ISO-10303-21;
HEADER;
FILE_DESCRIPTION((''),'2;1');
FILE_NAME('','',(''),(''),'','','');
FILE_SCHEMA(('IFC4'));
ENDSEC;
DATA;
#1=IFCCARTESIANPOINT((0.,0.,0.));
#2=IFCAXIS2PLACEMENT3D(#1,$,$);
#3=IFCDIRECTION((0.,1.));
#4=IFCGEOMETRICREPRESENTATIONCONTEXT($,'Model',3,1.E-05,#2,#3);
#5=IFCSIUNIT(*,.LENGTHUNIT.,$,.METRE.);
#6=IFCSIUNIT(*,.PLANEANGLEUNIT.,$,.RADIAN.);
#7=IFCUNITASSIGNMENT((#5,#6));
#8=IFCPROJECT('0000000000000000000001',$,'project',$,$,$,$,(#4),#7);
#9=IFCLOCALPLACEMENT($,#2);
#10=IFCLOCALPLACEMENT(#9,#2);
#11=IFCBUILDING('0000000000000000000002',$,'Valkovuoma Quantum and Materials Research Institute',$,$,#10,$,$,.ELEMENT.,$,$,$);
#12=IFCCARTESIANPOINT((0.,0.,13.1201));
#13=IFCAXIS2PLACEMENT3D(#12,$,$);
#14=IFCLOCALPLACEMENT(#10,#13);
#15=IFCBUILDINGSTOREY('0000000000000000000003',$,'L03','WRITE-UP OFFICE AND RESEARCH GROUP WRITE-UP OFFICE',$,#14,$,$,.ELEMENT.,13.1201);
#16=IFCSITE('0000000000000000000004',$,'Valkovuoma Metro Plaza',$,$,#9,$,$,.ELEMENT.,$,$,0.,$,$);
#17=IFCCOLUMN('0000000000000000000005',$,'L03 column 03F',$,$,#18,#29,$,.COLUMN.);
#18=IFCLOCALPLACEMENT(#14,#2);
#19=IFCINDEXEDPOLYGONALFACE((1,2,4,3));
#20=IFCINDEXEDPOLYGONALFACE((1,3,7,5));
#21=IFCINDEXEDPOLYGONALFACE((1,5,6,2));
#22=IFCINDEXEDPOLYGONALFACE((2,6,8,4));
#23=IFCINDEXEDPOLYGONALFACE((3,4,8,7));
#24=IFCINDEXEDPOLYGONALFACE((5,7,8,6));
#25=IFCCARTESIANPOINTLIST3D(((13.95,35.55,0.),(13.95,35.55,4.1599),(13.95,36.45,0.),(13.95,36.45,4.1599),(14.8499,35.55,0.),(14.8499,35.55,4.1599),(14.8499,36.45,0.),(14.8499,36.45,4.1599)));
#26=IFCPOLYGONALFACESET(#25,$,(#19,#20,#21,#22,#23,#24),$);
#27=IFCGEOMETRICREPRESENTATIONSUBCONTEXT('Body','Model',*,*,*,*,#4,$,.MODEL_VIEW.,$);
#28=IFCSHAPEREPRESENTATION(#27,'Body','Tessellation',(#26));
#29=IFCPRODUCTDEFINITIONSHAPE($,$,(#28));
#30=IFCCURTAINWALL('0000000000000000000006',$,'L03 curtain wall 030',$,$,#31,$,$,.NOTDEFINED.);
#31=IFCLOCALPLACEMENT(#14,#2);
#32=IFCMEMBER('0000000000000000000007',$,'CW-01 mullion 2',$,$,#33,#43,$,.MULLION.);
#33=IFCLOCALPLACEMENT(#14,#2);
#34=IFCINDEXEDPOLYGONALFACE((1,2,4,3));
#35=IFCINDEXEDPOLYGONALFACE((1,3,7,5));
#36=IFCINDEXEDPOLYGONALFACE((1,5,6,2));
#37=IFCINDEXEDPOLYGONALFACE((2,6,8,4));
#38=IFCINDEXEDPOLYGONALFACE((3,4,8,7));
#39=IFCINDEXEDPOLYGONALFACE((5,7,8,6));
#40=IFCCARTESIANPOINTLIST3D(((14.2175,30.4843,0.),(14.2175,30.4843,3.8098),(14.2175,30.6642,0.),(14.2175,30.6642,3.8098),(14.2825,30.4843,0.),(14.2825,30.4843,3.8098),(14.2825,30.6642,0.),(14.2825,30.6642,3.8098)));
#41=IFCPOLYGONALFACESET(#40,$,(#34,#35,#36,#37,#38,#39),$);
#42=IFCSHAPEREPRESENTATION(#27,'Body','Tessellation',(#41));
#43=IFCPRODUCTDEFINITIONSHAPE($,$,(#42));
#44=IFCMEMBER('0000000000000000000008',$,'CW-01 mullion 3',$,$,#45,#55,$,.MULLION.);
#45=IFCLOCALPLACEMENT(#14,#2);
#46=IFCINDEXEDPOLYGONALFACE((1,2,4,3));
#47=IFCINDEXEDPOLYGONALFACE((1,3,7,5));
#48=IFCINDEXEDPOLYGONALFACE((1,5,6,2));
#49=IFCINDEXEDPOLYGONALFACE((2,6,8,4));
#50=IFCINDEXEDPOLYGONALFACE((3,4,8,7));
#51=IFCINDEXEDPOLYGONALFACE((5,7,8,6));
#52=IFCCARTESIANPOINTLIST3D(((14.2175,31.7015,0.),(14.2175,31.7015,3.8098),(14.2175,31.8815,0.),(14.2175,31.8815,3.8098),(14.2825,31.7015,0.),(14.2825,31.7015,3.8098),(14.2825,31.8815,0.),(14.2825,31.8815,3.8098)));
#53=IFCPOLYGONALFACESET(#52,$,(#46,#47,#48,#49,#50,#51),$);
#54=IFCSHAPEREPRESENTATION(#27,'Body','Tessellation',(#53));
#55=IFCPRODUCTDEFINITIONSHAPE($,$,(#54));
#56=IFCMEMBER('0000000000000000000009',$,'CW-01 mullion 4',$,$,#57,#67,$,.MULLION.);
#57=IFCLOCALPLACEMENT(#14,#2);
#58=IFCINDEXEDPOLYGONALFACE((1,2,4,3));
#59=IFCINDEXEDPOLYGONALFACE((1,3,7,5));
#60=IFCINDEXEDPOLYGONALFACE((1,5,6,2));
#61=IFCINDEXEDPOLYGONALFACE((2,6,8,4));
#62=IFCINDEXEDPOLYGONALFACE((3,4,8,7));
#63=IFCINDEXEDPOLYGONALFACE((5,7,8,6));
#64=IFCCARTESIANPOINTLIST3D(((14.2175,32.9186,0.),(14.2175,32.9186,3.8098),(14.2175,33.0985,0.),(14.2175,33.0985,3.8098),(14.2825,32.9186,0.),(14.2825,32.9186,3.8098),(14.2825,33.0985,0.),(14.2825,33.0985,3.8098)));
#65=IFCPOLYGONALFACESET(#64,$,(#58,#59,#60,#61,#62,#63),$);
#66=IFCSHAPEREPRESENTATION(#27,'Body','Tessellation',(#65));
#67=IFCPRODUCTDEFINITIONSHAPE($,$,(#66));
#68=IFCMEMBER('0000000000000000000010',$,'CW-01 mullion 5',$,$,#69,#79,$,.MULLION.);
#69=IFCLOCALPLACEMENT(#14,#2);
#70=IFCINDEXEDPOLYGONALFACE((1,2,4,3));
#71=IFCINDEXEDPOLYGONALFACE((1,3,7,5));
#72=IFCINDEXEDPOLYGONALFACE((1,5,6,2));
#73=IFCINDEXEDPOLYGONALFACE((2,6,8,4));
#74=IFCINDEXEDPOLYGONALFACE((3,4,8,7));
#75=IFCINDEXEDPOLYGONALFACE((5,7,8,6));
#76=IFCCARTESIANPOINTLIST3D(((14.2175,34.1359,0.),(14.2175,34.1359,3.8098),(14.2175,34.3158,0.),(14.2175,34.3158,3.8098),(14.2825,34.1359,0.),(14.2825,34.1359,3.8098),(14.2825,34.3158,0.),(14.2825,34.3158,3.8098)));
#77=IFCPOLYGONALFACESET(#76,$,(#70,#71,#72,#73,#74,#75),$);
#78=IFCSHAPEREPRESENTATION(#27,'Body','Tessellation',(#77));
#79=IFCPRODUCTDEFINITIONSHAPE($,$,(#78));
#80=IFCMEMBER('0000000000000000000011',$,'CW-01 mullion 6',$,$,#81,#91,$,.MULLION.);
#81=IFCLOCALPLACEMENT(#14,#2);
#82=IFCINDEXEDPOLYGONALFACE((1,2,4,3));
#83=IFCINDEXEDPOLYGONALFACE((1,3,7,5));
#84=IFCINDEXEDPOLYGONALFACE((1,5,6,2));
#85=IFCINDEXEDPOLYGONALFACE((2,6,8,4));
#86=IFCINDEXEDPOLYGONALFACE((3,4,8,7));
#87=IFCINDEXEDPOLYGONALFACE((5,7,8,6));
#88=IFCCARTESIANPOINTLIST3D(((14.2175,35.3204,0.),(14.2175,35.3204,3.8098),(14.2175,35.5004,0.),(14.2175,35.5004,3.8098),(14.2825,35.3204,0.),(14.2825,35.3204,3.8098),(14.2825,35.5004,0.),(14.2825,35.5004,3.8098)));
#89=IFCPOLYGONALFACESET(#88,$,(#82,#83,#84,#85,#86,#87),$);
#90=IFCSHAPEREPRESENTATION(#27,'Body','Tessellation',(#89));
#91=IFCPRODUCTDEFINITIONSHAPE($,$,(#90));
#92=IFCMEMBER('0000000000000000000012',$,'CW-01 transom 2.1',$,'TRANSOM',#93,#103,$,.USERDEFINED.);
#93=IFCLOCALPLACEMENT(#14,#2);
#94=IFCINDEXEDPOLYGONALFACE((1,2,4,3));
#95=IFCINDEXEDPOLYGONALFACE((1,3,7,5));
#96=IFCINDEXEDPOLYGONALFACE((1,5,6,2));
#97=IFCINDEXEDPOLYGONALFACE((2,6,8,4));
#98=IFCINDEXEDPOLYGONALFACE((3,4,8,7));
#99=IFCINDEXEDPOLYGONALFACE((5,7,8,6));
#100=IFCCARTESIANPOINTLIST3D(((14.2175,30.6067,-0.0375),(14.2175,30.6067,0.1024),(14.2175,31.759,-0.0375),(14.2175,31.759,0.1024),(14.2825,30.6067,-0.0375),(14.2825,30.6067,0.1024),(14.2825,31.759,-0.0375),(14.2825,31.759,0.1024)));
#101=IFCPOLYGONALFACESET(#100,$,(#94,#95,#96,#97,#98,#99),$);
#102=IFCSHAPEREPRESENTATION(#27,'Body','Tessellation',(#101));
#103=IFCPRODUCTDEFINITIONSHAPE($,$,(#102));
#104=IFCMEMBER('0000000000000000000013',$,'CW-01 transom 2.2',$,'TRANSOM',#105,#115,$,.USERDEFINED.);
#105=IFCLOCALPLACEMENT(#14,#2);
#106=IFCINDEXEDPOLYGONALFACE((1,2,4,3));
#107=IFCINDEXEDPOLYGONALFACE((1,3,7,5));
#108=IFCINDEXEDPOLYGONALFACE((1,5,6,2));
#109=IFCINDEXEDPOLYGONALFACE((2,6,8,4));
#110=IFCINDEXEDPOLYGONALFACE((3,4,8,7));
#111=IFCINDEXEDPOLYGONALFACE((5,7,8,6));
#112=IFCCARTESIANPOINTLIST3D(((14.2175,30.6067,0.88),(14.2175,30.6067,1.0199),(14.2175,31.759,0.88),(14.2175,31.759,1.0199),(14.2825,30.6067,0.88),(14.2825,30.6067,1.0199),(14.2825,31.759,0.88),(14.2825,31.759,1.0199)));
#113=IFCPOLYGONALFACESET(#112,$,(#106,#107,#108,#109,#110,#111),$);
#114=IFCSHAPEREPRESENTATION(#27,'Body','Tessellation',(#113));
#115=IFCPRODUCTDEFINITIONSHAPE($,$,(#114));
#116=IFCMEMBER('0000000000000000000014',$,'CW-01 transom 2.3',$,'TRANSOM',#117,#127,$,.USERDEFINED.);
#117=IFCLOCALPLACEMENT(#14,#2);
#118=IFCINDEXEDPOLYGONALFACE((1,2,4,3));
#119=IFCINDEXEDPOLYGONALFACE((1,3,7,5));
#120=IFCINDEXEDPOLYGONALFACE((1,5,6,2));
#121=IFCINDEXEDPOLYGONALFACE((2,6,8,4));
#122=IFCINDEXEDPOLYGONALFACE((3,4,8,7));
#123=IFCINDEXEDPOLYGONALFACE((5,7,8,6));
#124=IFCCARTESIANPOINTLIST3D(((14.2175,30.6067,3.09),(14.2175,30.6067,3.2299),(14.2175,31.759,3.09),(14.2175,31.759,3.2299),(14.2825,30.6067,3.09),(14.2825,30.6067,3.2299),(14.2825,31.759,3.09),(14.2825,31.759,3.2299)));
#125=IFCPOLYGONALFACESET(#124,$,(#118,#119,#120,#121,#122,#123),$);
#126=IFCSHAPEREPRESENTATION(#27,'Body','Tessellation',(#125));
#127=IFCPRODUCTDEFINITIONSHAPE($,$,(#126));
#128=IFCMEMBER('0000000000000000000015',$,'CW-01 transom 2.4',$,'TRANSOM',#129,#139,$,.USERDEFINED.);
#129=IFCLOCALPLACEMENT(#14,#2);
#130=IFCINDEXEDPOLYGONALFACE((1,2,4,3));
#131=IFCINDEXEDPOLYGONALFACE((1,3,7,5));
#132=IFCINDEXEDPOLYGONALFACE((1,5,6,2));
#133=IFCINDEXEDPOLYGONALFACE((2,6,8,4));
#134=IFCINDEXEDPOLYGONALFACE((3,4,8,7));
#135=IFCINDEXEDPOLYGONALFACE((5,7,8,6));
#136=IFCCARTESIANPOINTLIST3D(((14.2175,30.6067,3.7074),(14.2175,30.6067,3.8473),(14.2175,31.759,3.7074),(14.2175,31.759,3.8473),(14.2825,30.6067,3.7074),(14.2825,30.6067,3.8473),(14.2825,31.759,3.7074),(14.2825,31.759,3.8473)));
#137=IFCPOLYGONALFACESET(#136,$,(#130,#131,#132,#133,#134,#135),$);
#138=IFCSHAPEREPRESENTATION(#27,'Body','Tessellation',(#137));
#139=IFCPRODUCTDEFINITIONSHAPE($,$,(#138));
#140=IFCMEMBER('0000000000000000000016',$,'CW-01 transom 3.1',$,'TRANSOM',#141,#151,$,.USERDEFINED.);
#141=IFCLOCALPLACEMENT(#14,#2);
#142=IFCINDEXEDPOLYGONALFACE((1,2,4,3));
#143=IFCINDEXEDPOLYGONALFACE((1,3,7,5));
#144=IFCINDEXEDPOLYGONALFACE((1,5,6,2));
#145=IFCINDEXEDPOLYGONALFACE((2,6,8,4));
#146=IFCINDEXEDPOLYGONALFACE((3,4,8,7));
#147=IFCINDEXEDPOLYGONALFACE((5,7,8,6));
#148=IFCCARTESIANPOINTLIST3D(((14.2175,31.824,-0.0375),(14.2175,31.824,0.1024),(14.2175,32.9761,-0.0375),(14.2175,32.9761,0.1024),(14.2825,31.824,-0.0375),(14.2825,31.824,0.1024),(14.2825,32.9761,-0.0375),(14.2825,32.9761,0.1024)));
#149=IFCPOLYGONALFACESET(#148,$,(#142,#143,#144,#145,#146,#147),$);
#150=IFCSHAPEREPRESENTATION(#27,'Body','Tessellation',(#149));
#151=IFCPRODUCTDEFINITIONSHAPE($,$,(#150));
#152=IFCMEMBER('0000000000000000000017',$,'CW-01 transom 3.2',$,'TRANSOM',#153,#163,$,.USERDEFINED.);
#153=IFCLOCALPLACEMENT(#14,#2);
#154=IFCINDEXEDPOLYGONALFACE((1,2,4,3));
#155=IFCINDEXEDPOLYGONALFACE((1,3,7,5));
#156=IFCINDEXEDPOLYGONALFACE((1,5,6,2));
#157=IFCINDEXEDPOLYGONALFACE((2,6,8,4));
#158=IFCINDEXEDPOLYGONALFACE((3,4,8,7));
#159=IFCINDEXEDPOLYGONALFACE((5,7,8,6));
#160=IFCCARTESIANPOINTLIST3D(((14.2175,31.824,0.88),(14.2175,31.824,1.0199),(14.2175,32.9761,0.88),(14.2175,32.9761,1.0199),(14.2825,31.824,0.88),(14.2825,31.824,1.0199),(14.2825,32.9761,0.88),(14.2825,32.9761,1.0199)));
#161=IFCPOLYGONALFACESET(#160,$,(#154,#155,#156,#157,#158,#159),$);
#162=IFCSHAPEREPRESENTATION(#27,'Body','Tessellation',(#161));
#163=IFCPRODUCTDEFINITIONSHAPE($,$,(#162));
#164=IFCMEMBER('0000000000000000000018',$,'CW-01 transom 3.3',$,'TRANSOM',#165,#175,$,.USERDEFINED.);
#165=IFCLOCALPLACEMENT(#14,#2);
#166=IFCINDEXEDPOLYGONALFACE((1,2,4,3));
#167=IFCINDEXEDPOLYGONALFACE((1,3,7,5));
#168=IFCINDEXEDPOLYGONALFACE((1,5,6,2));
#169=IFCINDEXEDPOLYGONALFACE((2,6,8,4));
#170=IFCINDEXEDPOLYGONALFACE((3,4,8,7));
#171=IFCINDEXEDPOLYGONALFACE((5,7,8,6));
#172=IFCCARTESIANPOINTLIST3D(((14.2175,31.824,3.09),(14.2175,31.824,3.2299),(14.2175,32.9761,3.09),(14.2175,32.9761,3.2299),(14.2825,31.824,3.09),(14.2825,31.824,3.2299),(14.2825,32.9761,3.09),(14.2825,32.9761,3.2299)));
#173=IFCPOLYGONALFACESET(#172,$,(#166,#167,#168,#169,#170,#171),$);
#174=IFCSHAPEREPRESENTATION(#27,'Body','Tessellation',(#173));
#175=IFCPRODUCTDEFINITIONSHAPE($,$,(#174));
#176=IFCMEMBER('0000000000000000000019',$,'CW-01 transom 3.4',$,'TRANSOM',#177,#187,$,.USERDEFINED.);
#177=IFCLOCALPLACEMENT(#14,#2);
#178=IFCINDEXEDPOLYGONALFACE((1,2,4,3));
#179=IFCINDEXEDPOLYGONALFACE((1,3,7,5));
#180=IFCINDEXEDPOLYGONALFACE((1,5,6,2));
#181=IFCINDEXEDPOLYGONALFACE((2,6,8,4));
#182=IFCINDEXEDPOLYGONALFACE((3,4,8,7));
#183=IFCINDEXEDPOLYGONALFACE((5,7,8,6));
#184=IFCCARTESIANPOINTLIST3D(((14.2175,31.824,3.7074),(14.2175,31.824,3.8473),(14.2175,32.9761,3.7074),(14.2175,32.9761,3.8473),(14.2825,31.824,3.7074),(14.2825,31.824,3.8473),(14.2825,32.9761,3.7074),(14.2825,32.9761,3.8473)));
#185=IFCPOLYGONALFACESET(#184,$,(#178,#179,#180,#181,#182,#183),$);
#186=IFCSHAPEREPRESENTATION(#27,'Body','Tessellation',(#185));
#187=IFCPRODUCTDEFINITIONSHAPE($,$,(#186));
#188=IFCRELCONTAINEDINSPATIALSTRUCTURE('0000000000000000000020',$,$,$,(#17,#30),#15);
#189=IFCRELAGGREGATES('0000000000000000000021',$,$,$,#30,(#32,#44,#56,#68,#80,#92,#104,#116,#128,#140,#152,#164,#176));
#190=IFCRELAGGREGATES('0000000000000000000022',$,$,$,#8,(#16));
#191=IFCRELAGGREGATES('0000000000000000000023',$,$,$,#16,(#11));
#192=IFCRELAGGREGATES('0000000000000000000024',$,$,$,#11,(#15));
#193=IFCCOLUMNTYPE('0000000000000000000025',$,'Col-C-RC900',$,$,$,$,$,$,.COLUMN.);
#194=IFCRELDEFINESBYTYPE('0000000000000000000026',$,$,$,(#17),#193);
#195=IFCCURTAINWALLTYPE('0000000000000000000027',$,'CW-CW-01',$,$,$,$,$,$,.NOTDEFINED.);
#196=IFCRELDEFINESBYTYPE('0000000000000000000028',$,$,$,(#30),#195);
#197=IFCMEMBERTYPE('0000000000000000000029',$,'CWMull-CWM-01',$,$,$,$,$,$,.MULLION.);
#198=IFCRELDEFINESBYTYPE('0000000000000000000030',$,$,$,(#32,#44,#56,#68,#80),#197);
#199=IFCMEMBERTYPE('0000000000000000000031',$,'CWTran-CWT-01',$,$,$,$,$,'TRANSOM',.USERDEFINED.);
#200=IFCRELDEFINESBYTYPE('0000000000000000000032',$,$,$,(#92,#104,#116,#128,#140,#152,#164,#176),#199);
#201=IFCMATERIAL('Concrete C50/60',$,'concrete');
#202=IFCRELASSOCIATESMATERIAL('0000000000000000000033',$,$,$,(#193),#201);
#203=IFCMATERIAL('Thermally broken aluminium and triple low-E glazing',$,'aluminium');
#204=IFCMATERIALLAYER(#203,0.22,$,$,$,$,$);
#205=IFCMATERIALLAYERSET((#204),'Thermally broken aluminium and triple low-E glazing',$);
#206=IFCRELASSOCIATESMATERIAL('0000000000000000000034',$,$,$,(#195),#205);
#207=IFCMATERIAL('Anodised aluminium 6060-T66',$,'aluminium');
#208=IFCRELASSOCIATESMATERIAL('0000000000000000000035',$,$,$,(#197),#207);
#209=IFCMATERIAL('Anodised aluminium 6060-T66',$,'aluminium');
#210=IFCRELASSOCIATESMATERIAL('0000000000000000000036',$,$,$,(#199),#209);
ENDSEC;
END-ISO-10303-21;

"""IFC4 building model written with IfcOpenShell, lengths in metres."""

from ifc_helpers import new_model, si_unit, direction, frame, origin, origin_2d, place, context, subcontext, project, spatial, rectangle, extrude, material, layer, layer_set, material_profile, profile_set, type_object, element, aggregate, save


model = new_model("IFC4")

# Units and contexts
model_context = context("Model", 3, precision=1e-05, world=origin(), true_north=direction((0.0, 1.0)))
body_context = subcontext(model_context, "Body", "Model", "MODEL_VIEW")
ifc_project = project(units=[si_unit("LENGTHUNIT", "METRE"), si_unit("PLANEANGLEUNIT", "RADIAN")], contexts=[model_context])

# Site, building, storey
site_placement = place(None, origin())
site = spatial("IfcSite", under=ifc_project, at=site_placement, Name="Valkovuoma Metro Plaza", CompositionType="ELEMENT", RefElevation=0.0)
building_placement = place(site_placement, origin())
building = spatial("IfcBuilding", under=site, at=building_placement, Name="Valkovuoma Quantum and Materials Research Institute", CompositionType="ELEMENT")
storey_placement = place(building_placement, frame((0.0, 0.0, 13.1201)))
storey = spatial("IfcBuildingStorey", under=building, at=storey_placement, Name="L03", Description="WRITE-UP OFFICE AND RESEARCH GROUP WRITE-UP OFFICE", CompositionType="ELEMENT", Elevation=13.1201)

# Column
ifc_material_1 = material(Name="Concrete C50/60", Category="concrete")
ifc_material_profile_1 = material_profile(ifc_material_1, rectangle(XDim=0.8999, YDim=0.8999, at=origin_2d()), Name="Concrete C50/60")
ifc_profile_set_1 = profile_set([ifc_material_profile_1], Name="Concrete C50/60")
column_type = type_object("IfcColumnType", Name="Col-C-RC900", PredefinedType="COLUMN", material=ifc_profile_set_1)
column_placement = place(storey_placement, frame((14.3999, 36.0, 0.0), z_axis=(0.0, 0.0, 1.0), x_axis=(1.0, 0.0, 0.0)))
element("IfcColumn", 1, at=column_placement, inside=storey, type_object=column_type, Name="L03 column 03F", PredefinedType="COLUMN", context=body_context, shape_type="SweptSolid", body=[
    extrude(rectangle(XDim=0.8999, YDim=0.8999, at=origin_2d()), origin(), (0.0, 0.0, 1.0), 4.1599),
])

# Curtain wall, members
ifc_material_2 = material(Name="Thermally broken aluminium and triple low-E glazing", Category="aluminium")
ifc_layer_1 = layer(ifc_material_2, 0.22)
ifc_layer_set_1 = layer_set([ifc_layer_1], Name="Thermally broken aluminium and triple low-E glazing")
curtain_wall_type = type_object("IfcCurtainWallType", Name="CW-CW-01", PredefinedType="NOTDEFINED", material=ifc_layer_set_1)
curtain_wall_placement = place(storey_placement, origin())
curtain_wall = element("IfcCurtainWall", 2, at=curtain_wall_placement, inside=storey, type_object=curtain_wall_type, Name="L03 curtain wall 030", PredefinedType="NOTDEFINED")
ifc_material_3 = material(Name="Anodised aluminium 6060-T66", Category="aluminium")
ifc_material_profile_2 = material_profile(ifc_material_3, rectangle(XDim=0.0649, YDim=0.1799, at=origin_2d()), Name="Anodised aluminium 6060-T66")
ifc_profile_set_2 = profile_set([ifc_material_profile_2], Name="Anodised aluminium 6060-T66")
member_type_1 = type_object("IfcMemberType", Name="CWMull-CWM-01", PredefinedType="MULLION", material=ifc_profile_set_2)
member_1_placement = place(storey_placement, frame((14.25, 30.5742, 0.0), z_axis=(0.0, 0.0, 1.0), x_axis=(-1.0, 0.0, 0.0)))
member_1 = element("IfcMember", 3, at=member_1_placement, type_object=member_type_1, Name="CW-01 mullion 2", PredefinedType="MULLION", context=body_context, shape_type="SweptSolid", body=[
    extrude(rectangle(XDim=0.0649, YDim=0.1799, at=origin_2d()), origin(), (0.0, 0.0, 1.0), 3.8098),
])
member_2_placement = place(storey_placement, frame((14.25, 31.7915, 0.0), z_axis=(0.0, 0.0, 1.0), x_axis=(-1.0, 0.0, 0.0)))
member_2 = element("IfcMember", 4, at=member_2_placement, type_object=member_type_1, Name="CW-01 mullion 3", PredefinedType="MULLION", context=body_context, shape_type="SweptSolid", body=[
    extrude(rectangle(XDim=0.0649, YDim=0.1799, at=origin_2d()), origin(), (0.0, 0.0, 1.0), 3.8098),
])
member_3_placement = place(storey_placement, frame((14.25, 33.0085, 0.0), z_axis=(0.0, 0.0, 1.0), x_axis=(-1.0, 0.0, 0.0)))
member_3 = element("IfcMember", 5, at=member_3_placement, type_object=member_type_1, Name="CW-01 mullion 4", PredefinedType="MULLION", context=body_context, shape_type="SweptSolid", body=[
    extrude(rectangle(XDim=0.0649, YDim=0.1799, at=origin_2d()), origin(), (0.0, 0.0, 1.0), 3.8098),
])
member_4_placement = place(storey_placement, frame((14.25, 34.2258, 0.0), z_axis=(0.0, 0.0, 1.0), x_axis=(-1.0, 0.0, 0.0)))
member_4 = element("IfcMember", 6, at=member_4_placement, type_object=member_type_1, Name="CW-01 mullion 5", PredefinedType="MULLION", context=body_context, shape_type="SweptSolid", body=[
    extrude(rectangle(XDim=0.0649, YDim=0.1799, at=origin_2d()), origin(), (0.0, 0.0, 1.0), 3.8098),
])
member_5_placement = place(storey_placement, frame((14.25, 35.4104, 0.0), z_axis=(0.0, 0.0, 1.0), x_axis=(-1.0, 0.0, 0.0)))
member_5 = element("IfcMember", 7, at=member_5_placement, type_object=member_type_1, Name="CW-01 mullion 6", PredefinedType="MULLION", context=body_context, shape_type="SweptSolid", body=[
    extrude(rectangle(XDim=0.0649, YDim=0.1799, at=origin_2d()), origin(), (0.0, 0.0, 1.0), 3.8098),
])
ifc_material_4 = material(Name="Anodised aluminium 6060-T66", Category="aluminium")
ifc_material_profile_3 = material_profile(ifc_material_4, rectangle(XDim=0.0649, YDim=0.1399, at=origin_2d()), Name="Anodised aluminium 6060-T66")
ifc_profile_set_3 = profile_set([ifc_material_profile_3], Name="Anodised aluminium 6060-T66")
member_type_2 = type_object("IfcMemberType", Name="CWTran-CWT-01", ElementType="TRANSOM", PredefinedType="USERDEFINED", material=ifc_profile_set_3)
member_6_placement = place(storey_placement, frame((14.25, 30.6067, 0.0325), z_axis=(0.0, 1.0, 0.0), x_axis=(-1.0, 0.0, 0.0)))
member_6 = element("IfcMember", 8, at=member_6_placement, type_object=member_type_2, Name="CW-01 transom 2.1", ObjectType="TRANSOM", PredefinedType="USERDEFINED", context=body_context, shape_type="SweptSolid", body=[
    extrude(rectangle(XDim=0.0649, YDim=0.1399, at=origin_2d()), origin(), (0.0, 0.0, 1.0), 1.1523),
])
member_7_placement = place(storey_placement, frame((14.25, 30.6067, 0.95), z_axis=(0.0, 1.0, 0.0), x_axis=(-1.0, 0.0, 0.0)))
member_7 = element("IfcMember", 9, at=member_7_placement, type_object=member_type_2, Name="CW-01 transom 2.2", ObjectType="TRANSOM", PredefinedType="USERDEFINED", context=body_context, shape_type="SweptSolid", body=[
    extrude(rectangle(XDim=0.0649, YDim=0.1399, at=origin_2d()), origin(), (0.0, 0.0, 1.0), 1.1523),
])
member_8_placement = place(storey_placement, frame((14.25, 30.6067, 3.1599), z_axis=(0.0, 1.0, 0.0), x_axis=(-1.0, 0.0, 0.0)))
member_8 = element("IfcMember", 10, at=member_8_placement, type_object=member_type_2, Name="CW-01 transom 2.3", ObjectType="TRANSOM", PredefinedType="USERDEFINED", context=body_context, shape_type="SweptSolid", body=[
    extrude(rectangle(XDim=0.0649, YDim=0.1399, at=origin_2d()), origin(), (0.0, 0.0, 1.0), 1.1523),
])
member_9_placement = place(storey_placement, frame((14.25, 30.6067, 3.7773), z_axis=(0.0, 1.0, 0.0), x_axis=(-1.0, 0.0, 0.0)))
member_9 = element("IfcMember", 11, at=member_9_placement, type_object=member_type_2, Name="CW-01 transom 2.4", ObjectType="TRANSOM", PredefinedType="USERDEFINED", context=body_context, shape_type="SweptSolid", body=[
    extrude(rectangle(XDim=0.0649, YDim=0.1399, at=origin_2d()), origin(), (0.0, 0.0, 1.0), 1.1523),
])
member_10_placement = place(storey_placement, frame((14.25, 31.824, 0.0325), z_axis=(0.0, 1.0, 0.0), x_axis=(-1.0, 0.0, 0.0)))
member_10 = element("IfcMember", 12, at=member_10_placement, type_object=member_type_2, Name="CW-01 transom 3.1", ObjectType="TRANSOM", PredefinedType="USERDEFINED", context=body_context, shape_type="SweptSolid", body=[
    extrude(rectangle(XDim=0.0649, YDim=0.1399, at=origin_2d()), origin(), (0.0, 0.0, 1.0), 1.1521),
])
member_11_placement = place(storey_placement, frame((14.25, 31.824, 0.95), z_axis=(0.0, 1.0, 0.0), x_axis=(-1.0, 0.0, 0.0)))
member_11 = element("IfcMember", 13, at=member_11_placement, type_object=member_type_2, Name="CW-01 transom 3.2", ObjectType="TRANSOM", PredefinedType="USERDEFINED", context=body_context, shape_type="SweptSolid", body=[
    extrude(rectangle(XDim=0.0649, YDim=0.1399, at=origin_2d()), origin(), (0.0, 0.0, 1.0), 1.1521),
])
member_12_placement = place(storey_placement, frame((14.25, 31.824, 3.1599), z_axis=(0.0, 1.0, 0.0), x_axis=(-1.0, 0.0, 0.0)))
member_12 = element("IfcMember", 14, at=member_12_placement, type_object=member_type_2, Name="CW-01 transom 3.3", ObjectType="TRANSOM", PredefinedType="USERDEFINED", context=body_context, shape_type="SweptSolid", body=[
    extrude(rectangle(XDim=0.0649, YDim=0.1399, at=origin_2d()), origin(), (0.0, 0.0, 1.0), 1.1521),
])
member_13_placement = place(storey_placement, frame((14.25, 31.824, 3.7773), z_axis=(0.0, 1.0, 0.0), x_axis=(-1.0, 0.0, 0.0)))
member_13 = element("IfcMember", 15, at=member_13_placement, type_object=member_type_2, Name="CW-01 transom 3.4", ObjectType="TRANSOM", PredefinedType="USERDEFINED", context=body_context, shape_type="SweptSolid", body=[
    extrude(rectangle(XDim=0.0649, YDim=0.1399, at=origin_2d()), origin(), (0.0, 0.0, 1.0), 1.1521),
])
aggregate(curtain_wall, [member_1, member_2, member_3, member_4, member_5, member_6, member_7, member_8, member_9, member_10, member_11, member_12, member_13])

save(model, "model.ifc")
